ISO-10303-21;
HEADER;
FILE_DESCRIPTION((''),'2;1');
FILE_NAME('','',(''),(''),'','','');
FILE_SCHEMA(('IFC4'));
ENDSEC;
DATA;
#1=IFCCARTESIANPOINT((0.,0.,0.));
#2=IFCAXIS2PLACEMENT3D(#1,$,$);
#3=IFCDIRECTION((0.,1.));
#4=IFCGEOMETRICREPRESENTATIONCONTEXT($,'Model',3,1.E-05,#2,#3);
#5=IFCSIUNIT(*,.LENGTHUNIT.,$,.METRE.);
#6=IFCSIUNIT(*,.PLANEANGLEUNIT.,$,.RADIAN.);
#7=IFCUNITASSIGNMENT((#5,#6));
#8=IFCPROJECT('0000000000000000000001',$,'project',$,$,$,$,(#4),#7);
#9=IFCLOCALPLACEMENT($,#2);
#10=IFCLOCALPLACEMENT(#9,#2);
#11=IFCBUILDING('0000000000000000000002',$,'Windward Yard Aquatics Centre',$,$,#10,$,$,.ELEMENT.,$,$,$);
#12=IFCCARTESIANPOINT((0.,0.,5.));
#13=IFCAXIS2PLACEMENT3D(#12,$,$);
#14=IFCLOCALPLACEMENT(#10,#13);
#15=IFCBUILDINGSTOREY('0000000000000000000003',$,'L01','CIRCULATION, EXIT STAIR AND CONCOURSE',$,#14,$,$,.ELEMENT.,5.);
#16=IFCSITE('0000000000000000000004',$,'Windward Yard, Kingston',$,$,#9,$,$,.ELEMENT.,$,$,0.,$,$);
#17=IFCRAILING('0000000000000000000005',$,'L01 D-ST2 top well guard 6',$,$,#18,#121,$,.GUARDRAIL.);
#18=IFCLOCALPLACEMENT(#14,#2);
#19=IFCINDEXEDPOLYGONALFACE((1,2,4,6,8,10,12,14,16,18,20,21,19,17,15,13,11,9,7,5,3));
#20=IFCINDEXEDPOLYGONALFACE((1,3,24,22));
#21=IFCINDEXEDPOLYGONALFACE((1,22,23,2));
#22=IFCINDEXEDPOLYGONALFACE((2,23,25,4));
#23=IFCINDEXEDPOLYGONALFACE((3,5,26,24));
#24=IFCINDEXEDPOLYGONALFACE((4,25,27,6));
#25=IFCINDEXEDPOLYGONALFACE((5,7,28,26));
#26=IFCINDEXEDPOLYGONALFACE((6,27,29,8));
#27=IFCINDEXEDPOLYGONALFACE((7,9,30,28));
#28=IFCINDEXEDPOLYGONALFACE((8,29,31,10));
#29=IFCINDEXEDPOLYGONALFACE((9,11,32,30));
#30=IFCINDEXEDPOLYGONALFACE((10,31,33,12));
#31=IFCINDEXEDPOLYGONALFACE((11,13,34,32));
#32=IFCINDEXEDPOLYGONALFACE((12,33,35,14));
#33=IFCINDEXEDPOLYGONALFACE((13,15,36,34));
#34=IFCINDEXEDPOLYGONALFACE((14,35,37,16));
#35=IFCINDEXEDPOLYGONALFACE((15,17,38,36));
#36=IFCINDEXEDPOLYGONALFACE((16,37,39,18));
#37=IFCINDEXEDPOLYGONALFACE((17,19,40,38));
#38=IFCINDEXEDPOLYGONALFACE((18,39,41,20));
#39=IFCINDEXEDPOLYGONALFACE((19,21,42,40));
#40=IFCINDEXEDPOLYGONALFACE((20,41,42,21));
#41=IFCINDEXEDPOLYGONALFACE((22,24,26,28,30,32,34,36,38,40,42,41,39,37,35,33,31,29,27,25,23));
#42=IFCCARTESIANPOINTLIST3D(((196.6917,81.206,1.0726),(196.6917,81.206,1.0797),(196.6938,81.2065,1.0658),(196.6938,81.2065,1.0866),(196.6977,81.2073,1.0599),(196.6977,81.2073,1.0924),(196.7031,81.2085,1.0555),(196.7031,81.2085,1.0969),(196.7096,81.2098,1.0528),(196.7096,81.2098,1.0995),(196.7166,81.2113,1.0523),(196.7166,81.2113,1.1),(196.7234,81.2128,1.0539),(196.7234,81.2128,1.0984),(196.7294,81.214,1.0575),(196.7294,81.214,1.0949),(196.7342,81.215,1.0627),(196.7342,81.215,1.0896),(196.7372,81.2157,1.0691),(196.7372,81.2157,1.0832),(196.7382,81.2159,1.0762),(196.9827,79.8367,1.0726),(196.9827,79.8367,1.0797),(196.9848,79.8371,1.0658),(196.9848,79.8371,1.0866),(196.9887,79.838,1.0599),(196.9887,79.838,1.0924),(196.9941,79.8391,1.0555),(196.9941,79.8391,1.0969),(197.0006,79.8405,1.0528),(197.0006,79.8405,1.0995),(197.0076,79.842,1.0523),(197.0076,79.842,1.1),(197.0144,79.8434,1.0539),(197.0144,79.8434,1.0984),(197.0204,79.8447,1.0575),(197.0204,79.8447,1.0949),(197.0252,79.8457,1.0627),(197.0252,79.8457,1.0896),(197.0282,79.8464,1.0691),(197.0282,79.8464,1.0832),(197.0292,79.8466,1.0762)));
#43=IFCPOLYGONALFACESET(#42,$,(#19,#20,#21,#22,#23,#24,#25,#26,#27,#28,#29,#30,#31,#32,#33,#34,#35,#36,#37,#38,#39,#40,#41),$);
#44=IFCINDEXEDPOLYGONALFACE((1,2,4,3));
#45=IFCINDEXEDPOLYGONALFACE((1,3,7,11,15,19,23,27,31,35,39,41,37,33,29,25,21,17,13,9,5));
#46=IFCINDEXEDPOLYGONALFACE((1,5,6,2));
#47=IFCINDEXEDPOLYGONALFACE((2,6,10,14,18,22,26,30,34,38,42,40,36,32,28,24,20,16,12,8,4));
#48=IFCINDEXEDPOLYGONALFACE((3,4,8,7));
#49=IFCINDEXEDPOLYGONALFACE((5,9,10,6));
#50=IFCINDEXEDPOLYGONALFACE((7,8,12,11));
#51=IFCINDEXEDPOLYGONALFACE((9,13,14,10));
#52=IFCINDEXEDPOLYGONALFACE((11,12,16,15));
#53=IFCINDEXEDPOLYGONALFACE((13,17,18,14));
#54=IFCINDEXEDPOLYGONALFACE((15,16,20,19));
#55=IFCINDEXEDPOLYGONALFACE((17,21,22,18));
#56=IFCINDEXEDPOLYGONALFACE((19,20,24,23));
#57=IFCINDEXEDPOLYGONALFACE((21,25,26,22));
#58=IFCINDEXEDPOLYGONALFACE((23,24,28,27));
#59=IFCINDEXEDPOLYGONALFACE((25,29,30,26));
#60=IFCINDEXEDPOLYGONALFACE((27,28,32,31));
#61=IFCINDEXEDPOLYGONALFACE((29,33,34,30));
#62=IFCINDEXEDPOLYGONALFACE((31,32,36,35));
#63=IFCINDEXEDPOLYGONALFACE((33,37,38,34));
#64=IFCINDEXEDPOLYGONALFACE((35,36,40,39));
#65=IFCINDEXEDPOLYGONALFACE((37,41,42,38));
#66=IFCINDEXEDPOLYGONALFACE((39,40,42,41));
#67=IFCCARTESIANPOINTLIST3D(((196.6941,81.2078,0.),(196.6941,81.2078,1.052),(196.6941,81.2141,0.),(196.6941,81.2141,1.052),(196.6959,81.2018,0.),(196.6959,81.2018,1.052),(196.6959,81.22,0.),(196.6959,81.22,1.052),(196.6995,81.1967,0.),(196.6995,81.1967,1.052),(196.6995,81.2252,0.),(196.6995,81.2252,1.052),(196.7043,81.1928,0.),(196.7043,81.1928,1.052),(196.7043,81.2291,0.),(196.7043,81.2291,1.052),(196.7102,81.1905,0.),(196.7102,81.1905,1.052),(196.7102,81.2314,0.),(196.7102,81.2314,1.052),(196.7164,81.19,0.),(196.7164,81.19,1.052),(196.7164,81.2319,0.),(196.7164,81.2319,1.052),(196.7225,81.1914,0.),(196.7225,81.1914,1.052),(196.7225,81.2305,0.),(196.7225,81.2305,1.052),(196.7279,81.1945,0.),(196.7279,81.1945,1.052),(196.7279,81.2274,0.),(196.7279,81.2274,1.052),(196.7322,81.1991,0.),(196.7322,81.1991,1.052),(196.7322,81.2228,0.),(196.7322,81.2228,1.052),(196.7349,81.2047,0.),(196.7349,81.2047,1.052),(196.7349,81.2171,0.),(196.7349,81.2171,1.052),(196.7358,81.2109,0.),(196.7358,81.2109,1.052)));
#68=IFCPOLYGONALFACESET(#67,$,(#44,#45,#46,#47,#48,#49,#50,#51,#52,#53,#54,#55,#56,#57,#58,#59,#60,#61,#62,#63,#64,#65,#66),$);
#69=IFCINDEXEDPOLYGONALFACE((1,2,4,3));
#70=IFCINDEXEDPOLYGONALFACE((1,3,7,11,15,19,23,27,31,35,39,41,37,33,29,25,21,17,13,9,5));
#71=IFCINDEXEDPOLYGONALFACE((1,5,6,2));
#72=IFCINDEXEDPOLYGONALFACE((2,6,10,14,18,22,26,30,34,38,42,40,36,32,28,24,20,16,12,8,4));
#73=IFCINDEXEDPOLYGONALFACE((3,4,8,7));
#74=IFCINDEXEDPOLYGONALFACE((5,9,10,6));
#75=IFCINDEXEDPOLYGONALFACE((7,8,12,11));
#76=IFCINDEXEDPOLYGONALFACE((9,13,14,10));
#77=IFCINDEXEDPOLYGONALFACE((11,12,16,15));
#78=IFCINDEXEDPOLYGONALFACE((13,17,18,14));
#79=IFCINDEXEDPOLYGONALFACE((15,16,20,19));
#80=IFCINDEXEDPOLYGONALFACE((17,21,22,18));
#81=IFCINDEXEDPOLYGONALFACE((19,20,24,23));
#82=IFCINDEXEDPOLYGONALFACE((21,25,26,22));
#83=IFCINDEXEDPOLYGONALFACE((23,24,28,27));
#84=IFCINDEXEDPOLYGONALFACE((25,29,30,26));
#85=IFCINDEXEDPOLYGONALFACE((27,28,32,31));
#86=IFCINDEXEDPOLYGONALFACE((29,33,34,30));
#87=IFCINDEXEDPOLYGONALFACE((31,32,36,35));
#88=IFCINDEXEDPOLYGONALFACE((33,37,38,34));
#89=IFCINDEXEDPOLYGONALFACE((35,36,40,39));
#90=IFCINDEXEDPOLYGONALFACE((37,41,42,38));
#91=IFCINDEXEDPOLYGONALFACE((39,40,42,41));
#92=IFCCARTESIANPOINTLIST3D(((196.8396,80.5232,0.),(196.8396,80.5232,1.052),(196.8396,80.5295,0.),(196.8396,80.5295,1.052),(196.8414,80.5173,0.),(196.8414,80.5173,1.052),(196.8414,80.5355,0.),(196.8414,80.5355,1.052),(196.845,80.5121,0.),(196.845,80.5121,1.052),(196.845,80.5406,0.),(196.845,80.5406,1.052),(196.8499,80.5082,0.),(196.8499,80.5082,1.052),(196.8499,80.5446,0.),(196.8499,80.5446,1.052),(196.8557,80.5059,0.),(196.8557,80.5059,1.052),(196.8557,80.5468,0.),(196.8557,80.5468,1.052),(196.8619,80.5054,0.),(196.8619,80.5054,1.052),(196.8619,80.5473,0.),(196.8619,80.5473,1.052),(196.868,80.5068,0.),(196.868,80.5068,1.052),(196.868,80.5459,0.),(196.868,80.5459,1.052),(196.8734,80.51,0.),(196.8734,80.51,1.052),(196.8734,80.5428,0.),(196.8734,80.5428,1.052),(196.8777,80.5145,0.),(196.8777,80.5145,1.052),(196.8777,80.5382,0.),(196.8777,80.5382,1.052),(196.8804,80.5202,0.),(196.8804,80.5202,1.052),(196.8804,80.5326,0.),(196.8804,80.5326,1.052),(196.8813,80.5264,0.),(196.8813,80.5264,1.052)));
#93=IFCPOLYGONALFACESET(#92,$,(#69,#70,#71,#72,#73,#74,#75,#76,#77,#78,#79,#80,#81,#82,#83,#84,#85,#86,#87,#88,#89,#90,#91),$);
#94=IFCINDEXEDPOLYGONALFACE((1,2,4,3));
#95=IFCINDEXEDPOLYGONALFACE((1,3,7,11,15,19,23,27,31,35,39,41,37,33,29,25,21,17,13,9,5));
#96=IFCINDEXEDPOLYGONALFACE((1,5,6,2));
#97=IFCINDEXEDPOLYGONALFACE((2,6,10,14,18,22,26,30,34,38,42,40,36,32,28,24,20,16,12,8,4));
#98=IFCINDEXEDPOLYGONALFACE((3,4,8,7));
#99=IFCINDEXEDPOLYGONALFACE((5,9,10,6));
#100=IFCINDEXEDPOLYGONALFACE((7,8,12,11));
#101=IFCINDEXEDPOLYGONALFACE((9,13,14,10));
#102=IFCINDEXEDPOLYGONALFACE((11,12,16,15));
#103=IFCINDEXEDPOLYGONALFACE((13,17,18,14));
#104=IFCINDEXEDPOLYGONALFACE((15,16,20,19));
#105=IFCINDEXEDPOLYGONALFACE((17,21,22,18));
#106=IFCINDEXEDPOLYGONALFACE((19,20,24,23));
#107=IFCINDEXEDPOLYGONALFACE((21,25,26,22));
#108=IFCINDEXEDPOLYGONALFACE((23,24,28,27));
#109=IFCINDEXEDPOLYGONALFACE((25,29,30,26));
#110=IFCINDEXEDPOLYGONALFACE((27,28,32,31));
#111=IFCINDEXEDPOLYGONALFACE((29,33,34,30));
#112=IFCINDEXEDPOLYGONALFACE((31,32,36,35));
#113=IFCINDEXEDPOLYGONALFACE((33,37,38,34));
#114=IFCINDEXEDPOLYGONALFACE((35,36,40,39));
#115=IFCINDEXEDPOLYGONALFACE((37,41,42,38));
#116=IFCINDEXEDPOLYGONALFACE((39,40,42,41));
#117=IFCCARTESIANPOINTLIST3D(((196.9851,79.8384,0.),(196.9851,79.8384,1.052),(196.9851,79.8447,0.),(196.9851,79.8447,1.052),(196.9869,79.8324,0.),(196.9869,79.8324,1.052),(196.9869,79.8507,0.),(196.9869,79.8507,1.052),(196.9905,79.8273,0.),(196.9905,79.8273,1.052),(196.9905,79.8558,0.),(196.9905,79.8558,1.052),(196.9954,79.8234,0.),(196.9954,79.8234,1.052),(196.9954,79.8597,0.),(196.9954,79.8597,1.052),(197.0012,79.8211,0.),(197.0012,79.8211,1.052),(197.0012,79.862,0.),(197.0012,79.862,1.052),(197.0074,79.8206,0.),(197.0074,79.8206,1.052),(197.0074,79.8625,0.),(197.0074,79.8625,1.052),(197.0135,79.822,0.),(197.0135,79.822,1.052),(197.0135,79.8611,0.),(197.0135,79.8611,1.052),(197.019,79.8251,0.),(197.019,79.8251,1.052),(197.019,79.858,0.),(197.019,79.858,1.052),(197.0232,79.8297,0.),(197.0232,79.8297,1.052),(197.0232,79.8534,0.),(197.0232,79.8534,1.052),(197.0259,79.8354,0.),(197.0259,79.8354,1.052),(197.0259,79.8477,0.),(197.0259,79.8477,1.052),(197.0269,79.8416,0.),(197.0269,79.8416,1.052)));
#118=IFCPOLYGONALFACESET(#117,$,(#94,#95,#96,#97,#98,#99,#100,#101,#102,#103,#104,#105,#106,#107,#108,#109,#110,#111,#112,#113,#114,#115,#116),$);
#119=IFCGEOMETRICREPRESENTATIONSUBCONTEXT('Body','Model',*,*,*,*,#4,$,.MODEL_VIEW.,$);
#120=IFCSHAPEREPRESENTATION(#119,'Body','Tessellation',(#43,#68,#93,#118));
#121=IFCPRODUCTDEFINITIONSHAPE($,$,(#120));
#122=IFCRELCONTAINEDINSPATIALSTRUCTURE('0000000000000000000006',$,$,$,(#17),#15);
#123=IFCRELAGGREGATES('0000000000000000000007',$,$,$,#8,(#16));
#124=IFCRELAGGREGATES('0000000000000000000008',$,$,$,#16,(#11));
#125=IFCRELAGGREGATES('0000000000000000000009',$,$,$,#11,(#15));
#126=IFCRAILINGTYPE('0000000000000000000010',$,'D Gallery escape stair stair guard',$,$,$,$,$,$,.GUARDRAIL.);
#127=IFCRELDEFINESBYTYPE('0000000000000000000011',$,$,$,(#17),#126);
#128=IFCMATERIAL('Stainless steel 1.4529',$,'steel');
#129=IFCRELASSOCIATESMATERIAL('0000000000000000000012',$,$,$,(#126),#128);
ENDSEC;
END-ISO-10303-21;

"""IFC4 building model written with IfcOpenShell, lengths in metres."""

from ifc_helpers import new_model, si_unit, direction, frame, origin, origin_2d, place, context, subcontext, project, spatial, circle, extrude, material, type_object, element, save


model = new_model("IFC4")

# Units and contexts
model_context = context("Model", 3, precision=1e-05, world=origin(), true_north=direction((0.0, 1.0)))
body_context = subcontext(model_context, "Body", "Model", "MODEL_VIEW")
ifc_project = project(units=[si_unit("LENGTHUNIT", "METRE"), si_unit("PLANEANGLEUNIT", "RADIAN")], contexts=[model_context])

# Site, building, storey
site_placement = place(None, origin())
site = spatial("IfcSite", under=ifc_project, at=site_placement, Name="Windward Yard, Kingston", CompositionType="ELEMENT", RefElevation=0.0)
building_placement = place(site_placement, origin())
building = spatial("IfcBuilding", under=site, at=building_placement, Name="Windward Yard Aquatics Centre", CompositionType="ELEMENT")
storey_placement = place(building_placement, frame((0.0, 0.0, 5.0)))
storey = spatial("IfcBuildingStorey", under=building, at=storey_placement, Name="L01", Description="CIRCULATION, EXIT STAIR AND CONCOURSE", CompositionType="ELEMENT", Elevation=5.0)

# Railing
ifc_material_1 = material(Name="Stainless steel 1.4529", Category="steel")
railing_type = type_object("IfcRailingType", Name="D Gallery escape stair stair guard", PredefinedType="GUARDRAIL", material=ifc_material_1)
railing_1_placement = place(storey_placement, frame((196.7148, 81.2109, 0.0)))
element("IfcRailing", 1, at=railing_1_placement, inside=storey, type_object=railing_type, Name="L01 D-ST2 top well guard 6", PredefinedType="GUARDRAIL", context=body_context, shape_type="SweptSolid", body=[
    extrude(circle(Radius=0.0239, at=origin_2d()), frame((0.0, 0.0, 1.0762), z_axis=(0.207873, -0.978156, 0.0), x_axis=(0.978156, 0.207873, 0.0)), (0.0, 0.0, 1.0), 1.3999),
    extrude(circle(Radius=0.021, at=origin_2d()), origin(), (0.0, 0.0, 1.0), 1.052),
    extrude(circle(Radius=0.021, at=origin_2d()), frame((0.1455, -0.6846, 0.0)), (0.0, 0.0, 1.0), 1.052),
    extrude(circle(Radius=0.021, at=origin_2d()), frame((0.291, -1.3694, 0.0)), (0.0, 0.0, 1.0), 1.052),
])

save(model, "model.ifc")
